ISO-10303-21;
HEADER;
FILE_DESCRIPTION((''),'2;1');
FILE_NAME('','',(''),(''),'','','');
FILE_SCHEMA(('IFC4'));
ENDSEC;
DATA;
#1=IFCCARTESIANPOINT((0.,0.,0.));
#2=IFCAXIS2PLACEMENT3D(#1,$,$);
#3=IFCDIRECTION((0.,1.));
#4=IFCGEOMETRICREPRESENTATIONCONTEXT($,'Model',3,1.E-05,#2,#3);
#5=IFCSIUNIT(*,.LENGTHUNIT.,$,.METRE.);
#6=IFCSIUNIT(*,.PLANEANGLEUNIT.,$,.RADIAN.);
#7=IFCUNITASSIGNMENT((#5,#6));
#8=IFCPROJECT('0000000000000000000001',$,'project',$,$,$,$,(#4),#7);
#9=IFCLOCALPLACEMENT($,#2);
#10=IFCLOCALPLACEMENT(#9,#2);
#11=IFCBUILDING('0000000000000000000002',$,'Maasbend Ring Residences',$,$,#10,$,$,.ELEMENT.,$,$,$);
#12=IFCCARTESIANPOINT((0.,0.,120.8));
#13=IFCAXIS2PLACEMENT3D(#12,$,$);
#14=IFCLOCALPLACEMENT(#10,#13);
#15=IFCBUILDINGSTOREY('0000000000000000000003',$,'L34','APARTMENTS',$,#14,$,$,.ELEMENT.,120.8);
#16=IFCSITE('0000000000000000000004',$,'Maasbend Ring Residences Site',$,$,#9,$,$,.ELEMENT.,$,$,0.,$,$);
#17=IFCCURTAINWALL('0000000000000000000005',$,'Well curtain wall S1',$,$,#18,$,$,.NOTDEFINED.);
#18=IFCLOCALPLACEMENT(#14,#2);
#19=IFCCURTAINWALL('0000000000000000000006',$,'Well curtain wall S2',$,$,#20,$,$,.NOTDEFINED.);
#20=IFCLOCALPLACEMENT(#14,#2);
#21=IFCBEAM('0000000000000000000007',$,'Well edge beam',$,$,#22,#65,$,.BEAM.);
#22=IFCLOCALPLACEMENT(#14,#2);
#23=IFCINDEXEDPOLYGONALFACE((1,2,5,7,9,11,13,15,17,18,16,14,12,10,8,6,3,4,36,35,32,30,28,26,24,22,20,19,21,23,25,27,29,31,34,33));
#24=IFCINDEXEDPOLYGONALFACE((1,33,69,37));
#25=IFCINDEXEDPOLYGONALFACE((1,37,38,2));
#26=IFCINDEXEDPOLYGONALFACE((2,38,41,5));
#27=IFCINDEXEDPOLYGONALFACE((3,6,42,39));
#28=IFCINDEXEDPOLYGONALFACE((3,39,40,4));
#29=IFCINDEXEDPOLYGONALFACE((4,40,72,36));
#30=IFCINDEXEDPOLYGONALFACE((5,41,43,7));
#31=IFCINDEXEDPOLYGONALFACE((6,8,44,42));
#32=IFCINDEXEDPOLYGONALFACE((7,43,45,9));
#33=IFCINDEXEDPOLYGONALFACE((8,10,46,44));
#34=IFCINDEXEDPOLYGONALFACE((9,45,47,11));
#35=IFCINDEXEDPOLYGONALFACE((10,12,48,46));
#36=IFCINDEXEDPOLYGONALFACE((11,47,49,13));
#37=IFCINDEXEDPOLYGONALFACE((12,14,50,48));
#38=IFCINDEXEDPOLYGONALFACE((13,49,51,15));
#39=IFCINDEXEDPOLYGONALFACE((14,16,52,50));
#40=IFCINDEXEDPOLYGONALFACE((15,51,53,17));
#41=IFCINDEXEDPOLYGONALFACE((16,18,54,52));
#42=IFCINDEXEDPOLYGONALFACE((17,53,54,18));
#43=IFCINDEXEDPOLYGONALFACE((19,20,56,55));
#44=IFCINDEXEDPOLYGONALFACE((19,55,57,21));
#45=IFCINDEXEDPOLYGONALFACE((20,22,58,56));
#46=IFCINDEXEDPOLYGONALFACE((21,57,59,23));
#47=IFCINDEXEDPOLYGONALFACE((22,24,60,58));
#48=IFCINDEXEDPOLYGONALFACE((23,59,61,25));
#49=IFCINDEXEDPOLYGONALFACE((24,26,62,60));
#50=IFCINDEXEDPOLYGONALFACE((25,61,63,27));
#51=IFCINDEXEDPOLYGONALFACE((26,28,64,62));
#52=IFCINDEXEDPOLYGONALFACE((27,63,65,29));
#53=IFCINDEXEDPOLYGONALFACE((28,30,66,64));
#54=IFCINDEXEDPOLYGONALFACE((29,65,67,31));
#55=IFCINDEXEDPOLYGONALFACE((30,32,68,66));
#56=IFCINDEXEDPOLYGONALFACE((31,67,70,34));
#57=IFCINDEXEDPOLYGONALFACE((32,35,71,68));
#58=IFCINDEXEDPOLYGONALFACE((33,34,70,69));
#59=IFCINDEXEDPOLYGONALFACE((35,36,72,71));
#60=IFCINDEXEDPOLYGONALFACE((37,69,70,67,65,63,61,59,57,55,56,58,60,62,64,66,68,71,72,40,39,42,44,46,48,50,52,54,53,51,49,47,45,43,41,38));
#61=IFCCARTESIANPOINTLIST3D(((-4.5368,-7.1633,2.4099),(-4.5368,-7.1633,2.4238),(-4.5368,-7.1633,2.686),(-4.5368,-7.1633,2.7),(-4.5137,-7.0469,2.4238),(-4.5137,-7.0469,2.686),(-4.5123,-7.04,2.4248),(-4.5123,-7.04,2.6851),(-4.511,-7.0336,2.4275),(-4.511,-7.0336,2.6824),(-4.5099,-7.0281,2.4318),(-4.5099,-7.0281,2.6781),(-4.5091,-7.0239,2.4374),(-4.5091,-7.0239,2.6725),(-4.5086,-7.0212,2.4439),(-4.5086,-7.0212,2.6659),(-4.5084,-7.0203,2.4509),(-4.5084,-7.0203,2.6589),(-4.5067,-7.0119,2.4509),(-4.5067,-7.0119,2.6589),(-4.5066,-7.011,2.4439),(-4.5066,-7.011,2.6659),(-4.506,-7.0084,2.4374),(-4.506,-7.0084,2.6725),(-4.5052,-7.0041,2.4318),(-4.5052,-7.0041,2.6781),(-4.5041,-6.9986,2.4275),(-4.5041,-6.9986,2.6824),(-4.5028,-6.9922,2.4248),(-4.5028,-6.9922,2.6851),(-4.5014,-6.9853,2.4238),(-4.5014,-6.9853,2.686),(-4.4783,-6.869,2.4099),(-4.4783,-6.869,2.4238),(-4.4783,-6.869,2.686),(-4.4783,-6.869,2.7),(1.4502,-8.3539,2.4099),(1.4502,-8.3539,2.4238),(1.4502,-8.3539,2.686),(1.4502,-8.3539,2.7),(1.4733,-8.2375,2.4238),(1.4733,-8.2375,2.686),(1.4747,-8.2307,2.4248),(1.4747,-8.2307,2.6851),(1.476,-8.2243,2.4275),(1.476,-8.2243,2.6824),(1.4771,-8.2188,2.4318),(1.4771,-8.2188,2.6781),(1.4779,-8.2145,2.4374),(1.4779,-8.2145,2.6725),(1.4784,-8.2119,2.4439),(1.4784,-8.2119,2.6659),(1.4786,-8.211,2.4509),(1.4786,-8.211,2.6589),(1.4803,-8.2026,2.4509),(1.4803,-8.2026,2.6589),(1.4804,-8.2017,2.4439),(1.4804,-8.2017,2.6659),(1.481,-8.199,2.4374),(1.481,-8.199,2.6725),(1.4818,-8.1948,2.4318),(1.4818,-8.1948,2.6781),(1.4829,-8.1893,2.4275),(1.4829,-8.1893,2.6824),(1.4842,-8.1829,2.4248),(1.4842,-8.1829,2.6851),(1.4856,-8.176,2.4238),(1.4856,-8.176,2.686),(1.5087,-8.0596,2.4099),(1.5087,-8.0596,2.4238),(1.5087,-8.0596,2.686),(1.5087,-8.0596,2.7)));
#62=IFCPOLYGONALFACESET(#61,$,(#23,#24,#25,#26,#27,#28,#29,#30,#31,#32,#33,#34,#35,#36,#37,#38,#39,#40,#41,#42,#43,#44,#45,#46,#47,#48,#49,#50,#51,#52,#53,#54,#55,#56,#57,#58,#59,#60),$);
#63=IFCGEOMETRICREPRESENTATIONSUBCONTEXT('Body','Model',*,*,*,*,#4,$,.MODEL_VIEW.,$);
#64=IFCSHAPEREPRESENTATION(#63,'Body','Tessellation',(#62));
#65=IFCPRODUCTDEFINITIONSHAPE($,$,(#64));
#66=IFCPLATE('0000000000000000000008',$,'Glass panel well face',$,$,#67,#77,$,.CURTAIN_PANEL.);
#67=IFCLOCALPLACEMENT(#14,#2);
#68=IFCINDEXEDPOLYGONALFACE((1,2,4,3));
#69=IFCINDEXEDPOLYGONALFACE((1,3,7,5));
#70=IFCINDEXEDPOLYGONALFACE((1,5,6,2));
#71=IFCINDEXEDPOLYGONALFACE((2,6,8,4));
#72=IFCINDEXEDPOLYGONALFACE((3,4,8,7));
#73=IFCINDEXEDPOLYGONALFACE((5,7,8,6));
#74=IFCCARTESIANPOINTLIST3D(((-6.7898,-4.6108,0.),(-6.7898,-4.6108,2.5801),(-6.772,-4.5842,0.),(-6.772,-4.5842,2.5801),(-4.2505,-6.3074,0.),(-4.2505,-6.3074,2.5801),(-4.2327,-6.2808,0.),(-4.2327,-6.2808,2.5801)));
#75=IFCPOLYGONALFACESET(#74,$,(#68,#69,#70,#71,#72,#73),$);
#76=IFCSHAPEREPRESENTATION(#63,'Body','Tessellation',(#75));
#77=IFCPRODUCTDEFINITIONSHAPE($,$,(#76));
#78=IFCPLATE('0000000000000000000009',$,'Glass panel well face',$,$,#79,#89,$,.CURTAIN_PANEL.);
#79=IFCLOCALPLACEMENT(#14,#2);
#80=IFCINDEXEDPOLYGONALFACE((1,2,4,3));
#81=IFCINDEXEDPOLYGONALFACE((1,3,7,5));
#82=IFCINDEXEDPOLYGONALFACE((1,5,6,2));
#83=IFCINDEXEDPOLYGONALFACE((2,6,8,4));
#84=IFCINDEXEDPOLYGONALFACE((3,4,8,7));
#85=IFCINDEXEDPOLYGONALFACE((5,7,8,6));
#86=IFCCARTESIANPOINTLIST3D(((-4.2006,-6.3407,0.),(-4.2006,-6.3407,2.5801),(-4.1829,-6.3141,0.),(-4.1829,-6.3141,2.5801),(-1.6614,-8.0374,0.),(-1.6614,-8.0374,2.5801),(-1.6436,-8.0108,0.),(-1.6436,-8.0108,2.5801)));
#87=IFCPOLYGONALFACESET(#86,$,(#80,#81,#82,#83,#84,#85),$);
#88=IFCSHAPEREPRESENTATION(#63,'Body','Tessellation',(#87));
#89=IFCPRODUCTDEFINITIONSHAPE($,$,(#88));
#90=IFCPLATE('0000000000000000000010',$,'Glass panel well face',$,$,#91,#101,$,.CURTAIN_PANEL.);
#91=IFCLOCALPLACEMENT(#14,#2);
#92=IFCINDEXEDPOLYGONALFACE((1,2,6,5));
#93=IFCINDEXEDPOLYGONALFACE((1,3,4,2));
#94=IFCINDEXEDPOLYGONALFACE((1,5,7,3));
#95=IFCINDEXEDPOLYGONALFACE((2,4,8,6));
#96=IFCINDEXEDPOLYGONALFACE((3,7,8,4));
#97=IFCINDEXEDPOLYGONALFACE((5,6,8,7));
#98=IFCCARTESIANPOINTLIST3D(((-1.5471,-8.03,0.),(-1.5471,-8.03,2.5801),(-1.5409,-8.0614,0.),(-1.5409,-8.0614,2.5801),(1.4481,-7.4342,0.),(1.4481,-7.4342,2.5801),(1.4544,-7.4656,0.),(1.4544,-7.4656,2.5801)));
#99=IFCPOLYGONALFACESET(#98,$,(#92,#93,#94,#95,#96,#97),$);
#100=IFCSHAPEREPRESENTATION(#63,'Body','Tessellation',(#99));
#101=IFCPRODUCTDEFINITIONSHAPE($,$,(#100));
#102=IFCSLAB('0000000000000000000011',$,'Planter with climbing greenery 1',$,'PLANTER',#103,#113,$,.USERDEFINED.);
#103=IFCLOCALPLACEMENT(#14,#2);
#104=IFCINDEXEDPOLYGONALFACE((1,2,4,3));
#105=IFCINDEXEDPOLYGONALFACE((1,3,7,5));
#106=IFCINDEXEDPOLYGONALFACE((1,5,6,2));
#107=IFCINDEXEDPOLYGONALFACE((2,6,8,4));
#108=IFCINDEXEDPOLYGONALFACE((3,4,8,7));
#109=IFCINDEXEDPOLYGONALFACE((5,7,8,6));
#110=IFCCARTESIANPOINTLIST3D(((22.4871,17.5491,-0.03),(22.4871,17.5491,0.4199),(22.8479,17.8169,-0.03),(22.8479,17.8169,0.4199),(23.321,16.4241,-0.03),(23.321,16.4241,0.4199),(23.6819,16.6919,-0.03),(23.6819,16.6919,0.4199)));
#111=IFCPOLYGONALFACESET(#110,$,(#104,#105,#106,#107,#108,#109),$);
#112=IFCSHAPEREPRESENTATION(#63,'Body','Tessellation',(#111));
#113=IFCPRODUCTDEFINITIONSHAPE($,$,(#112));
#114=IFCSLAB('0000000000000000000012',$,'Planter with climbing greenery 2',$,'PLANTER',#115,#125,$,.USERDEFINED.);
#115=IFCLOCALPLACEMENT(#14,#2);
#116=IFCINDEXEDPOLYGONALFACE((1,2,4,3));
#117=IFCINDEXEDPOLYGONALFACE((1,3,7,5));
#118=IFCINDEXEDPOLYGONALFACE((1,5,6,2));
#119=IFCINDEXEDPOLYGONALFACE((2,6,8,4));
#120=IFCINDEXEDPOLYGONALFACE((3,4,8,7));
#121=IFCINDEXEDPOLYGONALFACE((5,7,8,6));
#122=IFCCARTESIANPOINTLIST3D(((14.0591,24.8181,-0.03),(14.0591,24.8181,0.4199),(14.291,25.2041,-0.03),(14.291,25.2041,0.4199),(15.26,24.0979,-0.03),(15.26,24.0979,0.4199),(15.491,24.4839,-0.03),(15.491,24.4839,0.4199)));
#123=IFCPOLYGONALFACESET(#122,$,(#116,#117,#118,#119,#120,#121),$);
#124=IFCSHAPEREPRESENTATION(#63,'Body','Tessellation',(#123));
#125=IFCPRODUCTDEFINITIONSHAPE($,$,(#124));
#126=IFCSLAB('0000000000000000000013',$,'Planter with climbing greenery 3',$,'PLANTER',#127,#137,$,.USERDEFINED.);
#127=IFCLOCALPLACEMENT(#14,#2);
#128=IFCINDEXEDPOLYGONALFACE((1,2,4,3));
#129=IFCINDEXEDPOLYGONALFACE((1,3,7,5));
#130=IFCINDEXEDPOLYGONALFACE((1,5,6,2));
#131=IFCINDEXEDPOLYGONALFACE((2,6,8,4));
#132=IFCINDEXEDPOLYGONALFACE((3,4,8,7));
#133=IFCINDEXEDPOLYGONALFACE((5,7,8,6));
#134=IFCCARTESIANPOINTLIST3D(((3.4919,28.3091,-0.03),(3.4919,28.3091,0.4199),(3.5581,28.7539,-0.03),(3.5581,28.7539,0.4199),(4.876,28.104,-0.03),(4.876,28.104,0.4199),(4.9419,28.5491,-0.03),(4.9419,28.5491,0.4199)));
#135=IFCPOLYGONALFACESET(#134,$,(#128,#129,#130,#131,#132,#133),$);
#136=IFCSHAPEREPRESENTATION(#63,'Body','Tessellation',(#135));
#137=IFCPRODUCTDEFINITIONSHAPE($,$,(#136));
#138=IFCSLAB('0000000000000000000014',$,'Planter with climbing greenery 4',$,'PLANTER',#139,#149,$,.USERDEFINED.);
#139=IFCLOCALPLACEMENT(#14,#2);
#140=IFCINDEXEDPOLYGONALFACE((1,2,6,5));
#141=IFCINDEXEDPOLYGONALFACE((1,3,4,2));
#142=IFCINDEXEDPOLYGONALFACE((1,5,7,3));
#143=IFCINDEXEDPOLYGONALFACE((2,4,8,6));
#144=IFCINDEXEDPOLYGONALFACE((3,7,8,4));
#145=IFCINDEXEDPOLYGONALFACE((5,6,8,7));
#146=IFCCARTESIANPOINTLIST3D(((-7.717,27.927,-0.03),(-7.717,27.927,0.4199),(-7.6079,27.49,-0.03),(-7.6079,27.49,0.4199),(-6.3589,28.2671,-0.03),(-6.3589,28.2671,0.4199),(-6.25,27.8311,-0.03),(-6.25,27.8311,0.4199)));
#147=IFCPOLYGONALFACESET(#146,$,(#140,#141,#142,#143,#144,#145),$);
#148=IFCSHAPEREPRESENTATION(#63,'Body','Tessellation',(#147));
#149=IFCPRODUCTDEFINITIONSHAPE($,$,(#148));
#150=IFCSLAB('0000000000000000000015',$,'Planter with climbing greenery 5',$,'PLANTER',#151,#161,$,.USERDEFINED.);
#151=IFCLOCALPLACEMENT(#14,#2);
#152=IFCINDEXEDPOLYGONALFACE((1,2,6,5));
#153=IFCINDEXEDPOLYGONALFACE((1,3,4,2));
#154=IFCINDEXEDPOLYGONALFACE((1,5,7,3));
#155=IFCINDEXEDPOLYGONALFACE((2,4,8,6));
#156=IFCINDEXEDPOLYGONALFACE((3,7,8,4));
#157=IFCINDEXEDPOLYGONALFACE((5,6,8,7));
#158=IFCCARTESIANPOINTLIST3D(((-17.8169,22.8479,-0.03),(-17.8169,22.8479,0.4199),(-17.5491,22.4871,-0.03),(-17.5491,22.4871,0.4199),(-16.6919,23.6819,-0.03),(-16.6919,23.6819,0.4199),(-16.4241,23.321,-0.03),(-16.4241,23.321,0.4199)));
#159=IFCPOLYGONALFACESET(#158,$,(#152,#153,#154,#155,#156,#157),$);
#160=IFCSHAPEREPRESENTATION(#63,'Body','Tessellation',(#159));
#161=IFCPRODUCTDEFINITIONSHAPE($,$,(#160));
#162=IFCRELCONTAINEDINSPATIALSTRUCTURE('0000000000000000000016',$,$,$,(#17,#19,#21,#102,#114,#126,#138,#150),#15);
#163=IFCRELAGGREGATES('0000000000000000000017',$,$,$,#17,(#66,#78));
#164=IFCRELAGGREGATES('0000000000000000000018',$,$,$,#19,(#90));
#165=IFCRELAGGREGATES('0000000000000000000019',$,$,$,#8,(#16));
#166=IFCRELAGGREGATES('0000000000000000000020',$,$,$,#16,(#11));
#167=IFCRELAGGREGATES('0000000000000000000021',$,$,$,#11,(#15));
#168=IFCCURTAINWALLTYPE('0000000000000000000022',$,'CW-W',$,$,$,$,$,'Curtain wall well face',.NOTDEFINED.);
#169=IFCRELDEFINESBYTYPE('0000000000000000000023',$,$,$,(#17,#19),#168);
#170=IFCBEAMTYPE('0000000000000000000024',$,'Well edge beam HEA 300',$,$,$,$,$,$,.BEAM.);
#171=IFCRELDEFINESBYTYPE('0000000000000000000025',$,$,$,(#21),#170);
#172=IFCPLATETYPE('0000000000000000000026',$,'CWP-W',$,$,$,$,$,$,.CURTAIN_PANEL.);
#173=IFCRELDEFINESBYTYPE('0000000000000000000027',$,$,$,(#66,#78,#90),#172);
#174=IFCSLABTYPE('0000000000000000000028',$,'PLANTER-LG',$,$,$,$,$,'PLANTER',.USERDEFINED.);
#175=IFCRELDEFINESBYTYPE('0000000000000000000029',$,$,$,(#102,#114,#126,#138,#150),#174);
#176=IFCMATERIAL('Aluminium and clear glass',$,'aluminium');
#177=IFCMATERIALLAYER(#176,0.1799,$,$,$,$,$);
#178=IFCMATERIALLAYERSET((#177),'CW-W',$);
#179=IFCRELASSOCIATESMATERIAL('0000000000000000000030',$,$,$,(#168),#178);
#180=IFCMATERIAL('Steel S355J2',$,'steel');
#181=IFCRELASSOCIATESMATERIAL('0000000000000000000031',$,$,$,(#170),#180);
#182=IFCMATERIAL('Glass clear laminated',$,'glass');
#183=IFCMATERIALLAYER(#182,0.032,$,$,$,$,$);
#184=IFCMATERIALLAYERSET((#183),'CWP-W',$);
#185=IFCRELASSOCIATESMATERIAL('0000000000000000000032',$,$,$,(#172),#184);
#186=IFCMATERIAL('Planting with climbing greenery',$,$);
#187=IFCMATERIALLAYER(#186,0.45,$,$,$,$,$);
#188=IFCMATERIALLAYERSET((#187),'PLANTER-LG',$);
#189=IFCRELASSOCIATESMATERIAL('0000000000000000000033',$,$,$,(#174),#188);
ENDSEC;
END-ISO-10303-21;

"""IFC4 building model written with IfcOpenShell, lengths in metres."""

from ifc_helpers import new_model, si_unit, direction, frame, origin, origin_2d, place, context, subcontext, project, spatial, polyline, rectangle, i_section, outline, extrude, material, layer, layer_set, material_profile, profile_set, type_object, element, aggregate, save


model = new_model("IFC4")

# Units and contexts
model_context = context("Model", 3, precision=1e-05, world=origin(), true_north=direction((0.0, 1.0)))
body_context = subcontext(model_context, "Body", "Model", "MODEL_VIEW")
ifc_project = project(units=[si_unit("LENGTHUNIT", "METRE"), si_unit("PLANEANGLEUNIT", "RADIAN")], contexts=[model_context])

# Site, building, storey
site_placement = place(None, origin())
site = spatial("IfcSite", under=ifc_project, at=site_placement, Name="Maasbend Ring Residences Site", CompositionType="ELEMENT", RefElevation=0.0)
building_placement = place(site_placement, origin())
building = spatial("IfcBuilding", under=site, at=building_placement, Name="Maasbend Ring Residences", CompositionType="ELEMENT")
storey_placement = place(building_placement, frame((0.0, 0.0, 120.8)))
storey = spatial("IfcBuildingStorey", under=building, at=storey_placement, Name="L34", Description="APARTMENTS", CompositionType="ELEMENT", Elevation=120.8)

# Curtain wall
ifc_material_1 = material(Name="Aluminium and clear glass", Category="aluminium")
ifc_layer_1 = layer(ifc_material_1, 0.1799)
ifc_layer_set_1 = layer_set([ifc_layer_1], Name="CW-W")
curtain_wall_type = type_object("IfcCurtainWallType", Name="CW-W", ElementType="Curtain wall well face", PredefinedType="NOTDEFINED", material=ifc_layer_set_1)
curtain_wall_1_placement = place(storey_placement, origin())
curtain_wall_1 = element("IfcCurtainWall", 1, at=curtain_wall_1_placement, inside=storey, type_object=curtain_wall_type, Name="Well curtain wall S1", PredefinedType="NOTDEFINED")

# Curtain wall
curtain_wall_2_placement = place(storey_placement, origin())
curtain_wall_2 = element("IfcCurtainWall", 2, at=curtain_wall_2_placement, inside=storey, type_object=curtain_wall_type, Name="Well curtain wall S2", PredefinedType="NOTDEFINED")

# Beam
ifc_material_2 = material(Name="Steel S355J2", Category="steel")
ifc_material_profile_1 = material_profile(ifc_material_2, i_section(OverallWidth=0.3, OverallDepth=0.29, WebThickness=0.0085, FlangeThickness=0.0139, FilletRadius=0.0271, at=origin_2d()), Name="HEA 300")
ifc_profile_set_1 = profile_set([ifc_material_profile_1], Name="Steel S355J2")
beam_type = type_object("IfcBeamType", Name="Well edge beam HEA 300", PredefinedType="BEAM", material=ifc_profile_set_1)
beam_1_placement = place(storey_placement, frame((-4.5076, -7.0161, 2.5549), z_axis=(0.980792, -0.195055, 0.0), x_axis=(0.195055, 0.980792, 0.0)))
element("IfcBeam", 3, at=beam_1_placement, inside=storey, type_object=beam_type, Name="Well edge beam", PredefinedType="BEAM", context=body_context, shape_type="SweptSolid", body=[
    extrude(i_section(OverallWidth=0.3, OverallDepth=0.29, WebThickness=0.0085, FlangeThickness=0.0139, FilletRadius=0.0271, at=origin_2d()), origin(), (0.0, 0.0, 1.0), 6.1042),
])

# Plates
ifc_material_3 = material(Name="Glass clear laminated", Category="glass")
ifc_layer_2 = layer(ifc_material_3, 0.032)
ifc_layer_set_2 = layer_set([ifc_layer_2], Name="CWP-W")
plate_type = type_object("IfcPlateType", Name="CWP-W", PredefinedType="CURTAIN_PANEL", material=ifc_layer_set_2)
plate_1_placement = place(storey_placement, frame((-5.5112, -5.4458, 0.0), z_axis=(0.0, 0.0, 1.0), x_axis=(0.83147, -0.55557, 0.0)))
plate_1 = element("IfcPlate", 4, at=plate_1_placement, type_object=plate_type, Name="Glass panel well face", PredefinedType="CURTAIN_PANEL", context=body_context, shape_type="SweptSolid", body=[
    extrude(rectangle(XDim=3.054, YDim=0.032, at=origin_2d()), origin(), (0.0, 0.0, 1.0), 2.5801),
])
plate_2_placement = place(storey_placement, frame((-2.9221, -7.1758, 0.0), z_axis=(0.0, 0.0, 1.0), x_axis=(0.83147, -0.55557, 0.0)))
plate_2 = element("IfcPlate", 5, at=plate_2_placement, type_object=plate_type, Name="Glass panel well face", PredefinedType="CURTAIN_PANEL", context=body_context, shape_type="SweptSolid", body=[
    extrude(rectangle(XDim=3.054, YDim=0.032, at=origin_2d()), origin(), (0.0, 0.0, 1.0), 2.5801),
])
aggregate(curtain_wall_1, [plate_1, plate_2])
plate_3_placement = place(storey_placement, frame((-0.0464, -7.7478, 0.0), z_axis=(0.0, 0.0, 1.0), x_axis=(0.980785, 0.19509, 0.0)))
plate_3 = element("IfcPlate", 6, at=plate_3_placement, type_object=plate_type, Name="Glass panel well face", PredefinedType="CURTAIN_PANEL", context=body_context, shape_type="SweptSolid", body=[
    extrude(rectangle(XDim=3.054, YDim=0.032, at=origin_2d()), origin(), (0.0, 0.0, 1.0), 2.5801),
])
aggregate(curtain_wall_2, [plate_3])

# Slabs
ifc_material_4 = material(Name="Planting with climbing greenery")
ifc_layer_3 = layer(ifc_material_4, 0.45)
ifc_layer_set_3 = layer_set([ifc_layer_3], Name="PLANTER-LG")
slab_type_1 = type_object("IfcSlabType", Name="PLANTER-LG", ElementType="PLANTER", PredefinedType="USERDEFINED", material=ifc_layer_set_3)
slab_1_placement = place(storey_placement, frame((0.0, 0.0, -0.03)))
element("IfcSlab", 7, at=slab_1_placement, inside=storey, type_object=slab_type_1, Name="Planter with climbing greenery 1", ObjectType="PLANTER", PredefinedType="USERDEFINED", context=body_context, shape_type="SweptSolid", body=[
    extrude(outline(polyline([(23.6819, 16.6919), (22.8479, 17.8169), (22.4871, 17.5491), (23.321, 16.4241), (23.6819, 16.6919)])), origin(), (0.0, 0.0, 1.0), 0.45),
])
slab_2_placement = place(storey_placement, frame((0.0, 0.0, -0.03)))
element("IfcSlab", 8, at=slab_2_placement, inside=storey, type_object=slab_type_1, Name="Planter with climbing greenery 2", ObjectType="PLANTER", PredefinedType="USERDEFINED", context=body_context, shape_type="SweptSolid", body=[
    extrude(outline(polyline([(15.491, 24.4839), (14.291, 25.2041), (14.0591, 24.8181), (15.26, 24.0979), (15.491, 24.4839)])), origin(), (0.0, 0.0, 1.0), 0.45),
])
slab_3_placement = place(storey_placement, frame((0.0, 0.0, -0.03)))
element("IfcSlab", 9, at=slab_3_placement, inside=storey, type_object=slab_type_1, Name="Planter with climbing greenery 3", ObjectType="PLANTER", PredefinedType="USERDEFINED", context=body_context, shape_type="SweptSolid", body=[
    extrude(outline(polyline([(4.9419, 28.5491), (3.5581, 28.7539), (3.4919, 28.3091), (4.876, 28.104), (4.9419, 28.5491)])), origin(), (0.0, 0.0, 1.0), 0.45),
])
slab_4_placement = place(storey_placement, frame((0.0, 0.0, -0.03)))
element("IfcSlab", 10, at=slab_4_placement, inside=storey, type_object=slab_type_1, Name="Planter with climbing greenery 4", ObjectType="PLANTER", PredefinedType="USERDEFINED", context=body_context, shape_type="SweptSolid", body=[
    extrude(outline(polyline([(-6.3589, 28.2671), (-7.717, 27.927), (-7.6079, 27.49), (-6.25, 27.8311), (-6.3589, 28.2671)])), origin(), (0.0, 0.0, 1.0), 0.45),
])
slab_5_placement = place(storey_placement, frame((0.0, 0.0, -0.03)))
element("IfcSlab", 11, at=slab_5_placement, inside=storey, type_object=slab_type_1, Name="Planter with climbing greenery 5", ObjectType="PLANTER", PredefinedType="USERDEFINED", context=body_context, shape_type="SweptSolid", body=[
    extrude(outline(polyline([(-16.6919, 23.6819), (-17.8169, 22.8479), (-17.5491, 22.4871), (-16.4241, 23.321), (-16.6919, 23.6819)])), origin(), (0.0, 0.0, 1.0), 0.45),
])

save(model, "model.ifc")
